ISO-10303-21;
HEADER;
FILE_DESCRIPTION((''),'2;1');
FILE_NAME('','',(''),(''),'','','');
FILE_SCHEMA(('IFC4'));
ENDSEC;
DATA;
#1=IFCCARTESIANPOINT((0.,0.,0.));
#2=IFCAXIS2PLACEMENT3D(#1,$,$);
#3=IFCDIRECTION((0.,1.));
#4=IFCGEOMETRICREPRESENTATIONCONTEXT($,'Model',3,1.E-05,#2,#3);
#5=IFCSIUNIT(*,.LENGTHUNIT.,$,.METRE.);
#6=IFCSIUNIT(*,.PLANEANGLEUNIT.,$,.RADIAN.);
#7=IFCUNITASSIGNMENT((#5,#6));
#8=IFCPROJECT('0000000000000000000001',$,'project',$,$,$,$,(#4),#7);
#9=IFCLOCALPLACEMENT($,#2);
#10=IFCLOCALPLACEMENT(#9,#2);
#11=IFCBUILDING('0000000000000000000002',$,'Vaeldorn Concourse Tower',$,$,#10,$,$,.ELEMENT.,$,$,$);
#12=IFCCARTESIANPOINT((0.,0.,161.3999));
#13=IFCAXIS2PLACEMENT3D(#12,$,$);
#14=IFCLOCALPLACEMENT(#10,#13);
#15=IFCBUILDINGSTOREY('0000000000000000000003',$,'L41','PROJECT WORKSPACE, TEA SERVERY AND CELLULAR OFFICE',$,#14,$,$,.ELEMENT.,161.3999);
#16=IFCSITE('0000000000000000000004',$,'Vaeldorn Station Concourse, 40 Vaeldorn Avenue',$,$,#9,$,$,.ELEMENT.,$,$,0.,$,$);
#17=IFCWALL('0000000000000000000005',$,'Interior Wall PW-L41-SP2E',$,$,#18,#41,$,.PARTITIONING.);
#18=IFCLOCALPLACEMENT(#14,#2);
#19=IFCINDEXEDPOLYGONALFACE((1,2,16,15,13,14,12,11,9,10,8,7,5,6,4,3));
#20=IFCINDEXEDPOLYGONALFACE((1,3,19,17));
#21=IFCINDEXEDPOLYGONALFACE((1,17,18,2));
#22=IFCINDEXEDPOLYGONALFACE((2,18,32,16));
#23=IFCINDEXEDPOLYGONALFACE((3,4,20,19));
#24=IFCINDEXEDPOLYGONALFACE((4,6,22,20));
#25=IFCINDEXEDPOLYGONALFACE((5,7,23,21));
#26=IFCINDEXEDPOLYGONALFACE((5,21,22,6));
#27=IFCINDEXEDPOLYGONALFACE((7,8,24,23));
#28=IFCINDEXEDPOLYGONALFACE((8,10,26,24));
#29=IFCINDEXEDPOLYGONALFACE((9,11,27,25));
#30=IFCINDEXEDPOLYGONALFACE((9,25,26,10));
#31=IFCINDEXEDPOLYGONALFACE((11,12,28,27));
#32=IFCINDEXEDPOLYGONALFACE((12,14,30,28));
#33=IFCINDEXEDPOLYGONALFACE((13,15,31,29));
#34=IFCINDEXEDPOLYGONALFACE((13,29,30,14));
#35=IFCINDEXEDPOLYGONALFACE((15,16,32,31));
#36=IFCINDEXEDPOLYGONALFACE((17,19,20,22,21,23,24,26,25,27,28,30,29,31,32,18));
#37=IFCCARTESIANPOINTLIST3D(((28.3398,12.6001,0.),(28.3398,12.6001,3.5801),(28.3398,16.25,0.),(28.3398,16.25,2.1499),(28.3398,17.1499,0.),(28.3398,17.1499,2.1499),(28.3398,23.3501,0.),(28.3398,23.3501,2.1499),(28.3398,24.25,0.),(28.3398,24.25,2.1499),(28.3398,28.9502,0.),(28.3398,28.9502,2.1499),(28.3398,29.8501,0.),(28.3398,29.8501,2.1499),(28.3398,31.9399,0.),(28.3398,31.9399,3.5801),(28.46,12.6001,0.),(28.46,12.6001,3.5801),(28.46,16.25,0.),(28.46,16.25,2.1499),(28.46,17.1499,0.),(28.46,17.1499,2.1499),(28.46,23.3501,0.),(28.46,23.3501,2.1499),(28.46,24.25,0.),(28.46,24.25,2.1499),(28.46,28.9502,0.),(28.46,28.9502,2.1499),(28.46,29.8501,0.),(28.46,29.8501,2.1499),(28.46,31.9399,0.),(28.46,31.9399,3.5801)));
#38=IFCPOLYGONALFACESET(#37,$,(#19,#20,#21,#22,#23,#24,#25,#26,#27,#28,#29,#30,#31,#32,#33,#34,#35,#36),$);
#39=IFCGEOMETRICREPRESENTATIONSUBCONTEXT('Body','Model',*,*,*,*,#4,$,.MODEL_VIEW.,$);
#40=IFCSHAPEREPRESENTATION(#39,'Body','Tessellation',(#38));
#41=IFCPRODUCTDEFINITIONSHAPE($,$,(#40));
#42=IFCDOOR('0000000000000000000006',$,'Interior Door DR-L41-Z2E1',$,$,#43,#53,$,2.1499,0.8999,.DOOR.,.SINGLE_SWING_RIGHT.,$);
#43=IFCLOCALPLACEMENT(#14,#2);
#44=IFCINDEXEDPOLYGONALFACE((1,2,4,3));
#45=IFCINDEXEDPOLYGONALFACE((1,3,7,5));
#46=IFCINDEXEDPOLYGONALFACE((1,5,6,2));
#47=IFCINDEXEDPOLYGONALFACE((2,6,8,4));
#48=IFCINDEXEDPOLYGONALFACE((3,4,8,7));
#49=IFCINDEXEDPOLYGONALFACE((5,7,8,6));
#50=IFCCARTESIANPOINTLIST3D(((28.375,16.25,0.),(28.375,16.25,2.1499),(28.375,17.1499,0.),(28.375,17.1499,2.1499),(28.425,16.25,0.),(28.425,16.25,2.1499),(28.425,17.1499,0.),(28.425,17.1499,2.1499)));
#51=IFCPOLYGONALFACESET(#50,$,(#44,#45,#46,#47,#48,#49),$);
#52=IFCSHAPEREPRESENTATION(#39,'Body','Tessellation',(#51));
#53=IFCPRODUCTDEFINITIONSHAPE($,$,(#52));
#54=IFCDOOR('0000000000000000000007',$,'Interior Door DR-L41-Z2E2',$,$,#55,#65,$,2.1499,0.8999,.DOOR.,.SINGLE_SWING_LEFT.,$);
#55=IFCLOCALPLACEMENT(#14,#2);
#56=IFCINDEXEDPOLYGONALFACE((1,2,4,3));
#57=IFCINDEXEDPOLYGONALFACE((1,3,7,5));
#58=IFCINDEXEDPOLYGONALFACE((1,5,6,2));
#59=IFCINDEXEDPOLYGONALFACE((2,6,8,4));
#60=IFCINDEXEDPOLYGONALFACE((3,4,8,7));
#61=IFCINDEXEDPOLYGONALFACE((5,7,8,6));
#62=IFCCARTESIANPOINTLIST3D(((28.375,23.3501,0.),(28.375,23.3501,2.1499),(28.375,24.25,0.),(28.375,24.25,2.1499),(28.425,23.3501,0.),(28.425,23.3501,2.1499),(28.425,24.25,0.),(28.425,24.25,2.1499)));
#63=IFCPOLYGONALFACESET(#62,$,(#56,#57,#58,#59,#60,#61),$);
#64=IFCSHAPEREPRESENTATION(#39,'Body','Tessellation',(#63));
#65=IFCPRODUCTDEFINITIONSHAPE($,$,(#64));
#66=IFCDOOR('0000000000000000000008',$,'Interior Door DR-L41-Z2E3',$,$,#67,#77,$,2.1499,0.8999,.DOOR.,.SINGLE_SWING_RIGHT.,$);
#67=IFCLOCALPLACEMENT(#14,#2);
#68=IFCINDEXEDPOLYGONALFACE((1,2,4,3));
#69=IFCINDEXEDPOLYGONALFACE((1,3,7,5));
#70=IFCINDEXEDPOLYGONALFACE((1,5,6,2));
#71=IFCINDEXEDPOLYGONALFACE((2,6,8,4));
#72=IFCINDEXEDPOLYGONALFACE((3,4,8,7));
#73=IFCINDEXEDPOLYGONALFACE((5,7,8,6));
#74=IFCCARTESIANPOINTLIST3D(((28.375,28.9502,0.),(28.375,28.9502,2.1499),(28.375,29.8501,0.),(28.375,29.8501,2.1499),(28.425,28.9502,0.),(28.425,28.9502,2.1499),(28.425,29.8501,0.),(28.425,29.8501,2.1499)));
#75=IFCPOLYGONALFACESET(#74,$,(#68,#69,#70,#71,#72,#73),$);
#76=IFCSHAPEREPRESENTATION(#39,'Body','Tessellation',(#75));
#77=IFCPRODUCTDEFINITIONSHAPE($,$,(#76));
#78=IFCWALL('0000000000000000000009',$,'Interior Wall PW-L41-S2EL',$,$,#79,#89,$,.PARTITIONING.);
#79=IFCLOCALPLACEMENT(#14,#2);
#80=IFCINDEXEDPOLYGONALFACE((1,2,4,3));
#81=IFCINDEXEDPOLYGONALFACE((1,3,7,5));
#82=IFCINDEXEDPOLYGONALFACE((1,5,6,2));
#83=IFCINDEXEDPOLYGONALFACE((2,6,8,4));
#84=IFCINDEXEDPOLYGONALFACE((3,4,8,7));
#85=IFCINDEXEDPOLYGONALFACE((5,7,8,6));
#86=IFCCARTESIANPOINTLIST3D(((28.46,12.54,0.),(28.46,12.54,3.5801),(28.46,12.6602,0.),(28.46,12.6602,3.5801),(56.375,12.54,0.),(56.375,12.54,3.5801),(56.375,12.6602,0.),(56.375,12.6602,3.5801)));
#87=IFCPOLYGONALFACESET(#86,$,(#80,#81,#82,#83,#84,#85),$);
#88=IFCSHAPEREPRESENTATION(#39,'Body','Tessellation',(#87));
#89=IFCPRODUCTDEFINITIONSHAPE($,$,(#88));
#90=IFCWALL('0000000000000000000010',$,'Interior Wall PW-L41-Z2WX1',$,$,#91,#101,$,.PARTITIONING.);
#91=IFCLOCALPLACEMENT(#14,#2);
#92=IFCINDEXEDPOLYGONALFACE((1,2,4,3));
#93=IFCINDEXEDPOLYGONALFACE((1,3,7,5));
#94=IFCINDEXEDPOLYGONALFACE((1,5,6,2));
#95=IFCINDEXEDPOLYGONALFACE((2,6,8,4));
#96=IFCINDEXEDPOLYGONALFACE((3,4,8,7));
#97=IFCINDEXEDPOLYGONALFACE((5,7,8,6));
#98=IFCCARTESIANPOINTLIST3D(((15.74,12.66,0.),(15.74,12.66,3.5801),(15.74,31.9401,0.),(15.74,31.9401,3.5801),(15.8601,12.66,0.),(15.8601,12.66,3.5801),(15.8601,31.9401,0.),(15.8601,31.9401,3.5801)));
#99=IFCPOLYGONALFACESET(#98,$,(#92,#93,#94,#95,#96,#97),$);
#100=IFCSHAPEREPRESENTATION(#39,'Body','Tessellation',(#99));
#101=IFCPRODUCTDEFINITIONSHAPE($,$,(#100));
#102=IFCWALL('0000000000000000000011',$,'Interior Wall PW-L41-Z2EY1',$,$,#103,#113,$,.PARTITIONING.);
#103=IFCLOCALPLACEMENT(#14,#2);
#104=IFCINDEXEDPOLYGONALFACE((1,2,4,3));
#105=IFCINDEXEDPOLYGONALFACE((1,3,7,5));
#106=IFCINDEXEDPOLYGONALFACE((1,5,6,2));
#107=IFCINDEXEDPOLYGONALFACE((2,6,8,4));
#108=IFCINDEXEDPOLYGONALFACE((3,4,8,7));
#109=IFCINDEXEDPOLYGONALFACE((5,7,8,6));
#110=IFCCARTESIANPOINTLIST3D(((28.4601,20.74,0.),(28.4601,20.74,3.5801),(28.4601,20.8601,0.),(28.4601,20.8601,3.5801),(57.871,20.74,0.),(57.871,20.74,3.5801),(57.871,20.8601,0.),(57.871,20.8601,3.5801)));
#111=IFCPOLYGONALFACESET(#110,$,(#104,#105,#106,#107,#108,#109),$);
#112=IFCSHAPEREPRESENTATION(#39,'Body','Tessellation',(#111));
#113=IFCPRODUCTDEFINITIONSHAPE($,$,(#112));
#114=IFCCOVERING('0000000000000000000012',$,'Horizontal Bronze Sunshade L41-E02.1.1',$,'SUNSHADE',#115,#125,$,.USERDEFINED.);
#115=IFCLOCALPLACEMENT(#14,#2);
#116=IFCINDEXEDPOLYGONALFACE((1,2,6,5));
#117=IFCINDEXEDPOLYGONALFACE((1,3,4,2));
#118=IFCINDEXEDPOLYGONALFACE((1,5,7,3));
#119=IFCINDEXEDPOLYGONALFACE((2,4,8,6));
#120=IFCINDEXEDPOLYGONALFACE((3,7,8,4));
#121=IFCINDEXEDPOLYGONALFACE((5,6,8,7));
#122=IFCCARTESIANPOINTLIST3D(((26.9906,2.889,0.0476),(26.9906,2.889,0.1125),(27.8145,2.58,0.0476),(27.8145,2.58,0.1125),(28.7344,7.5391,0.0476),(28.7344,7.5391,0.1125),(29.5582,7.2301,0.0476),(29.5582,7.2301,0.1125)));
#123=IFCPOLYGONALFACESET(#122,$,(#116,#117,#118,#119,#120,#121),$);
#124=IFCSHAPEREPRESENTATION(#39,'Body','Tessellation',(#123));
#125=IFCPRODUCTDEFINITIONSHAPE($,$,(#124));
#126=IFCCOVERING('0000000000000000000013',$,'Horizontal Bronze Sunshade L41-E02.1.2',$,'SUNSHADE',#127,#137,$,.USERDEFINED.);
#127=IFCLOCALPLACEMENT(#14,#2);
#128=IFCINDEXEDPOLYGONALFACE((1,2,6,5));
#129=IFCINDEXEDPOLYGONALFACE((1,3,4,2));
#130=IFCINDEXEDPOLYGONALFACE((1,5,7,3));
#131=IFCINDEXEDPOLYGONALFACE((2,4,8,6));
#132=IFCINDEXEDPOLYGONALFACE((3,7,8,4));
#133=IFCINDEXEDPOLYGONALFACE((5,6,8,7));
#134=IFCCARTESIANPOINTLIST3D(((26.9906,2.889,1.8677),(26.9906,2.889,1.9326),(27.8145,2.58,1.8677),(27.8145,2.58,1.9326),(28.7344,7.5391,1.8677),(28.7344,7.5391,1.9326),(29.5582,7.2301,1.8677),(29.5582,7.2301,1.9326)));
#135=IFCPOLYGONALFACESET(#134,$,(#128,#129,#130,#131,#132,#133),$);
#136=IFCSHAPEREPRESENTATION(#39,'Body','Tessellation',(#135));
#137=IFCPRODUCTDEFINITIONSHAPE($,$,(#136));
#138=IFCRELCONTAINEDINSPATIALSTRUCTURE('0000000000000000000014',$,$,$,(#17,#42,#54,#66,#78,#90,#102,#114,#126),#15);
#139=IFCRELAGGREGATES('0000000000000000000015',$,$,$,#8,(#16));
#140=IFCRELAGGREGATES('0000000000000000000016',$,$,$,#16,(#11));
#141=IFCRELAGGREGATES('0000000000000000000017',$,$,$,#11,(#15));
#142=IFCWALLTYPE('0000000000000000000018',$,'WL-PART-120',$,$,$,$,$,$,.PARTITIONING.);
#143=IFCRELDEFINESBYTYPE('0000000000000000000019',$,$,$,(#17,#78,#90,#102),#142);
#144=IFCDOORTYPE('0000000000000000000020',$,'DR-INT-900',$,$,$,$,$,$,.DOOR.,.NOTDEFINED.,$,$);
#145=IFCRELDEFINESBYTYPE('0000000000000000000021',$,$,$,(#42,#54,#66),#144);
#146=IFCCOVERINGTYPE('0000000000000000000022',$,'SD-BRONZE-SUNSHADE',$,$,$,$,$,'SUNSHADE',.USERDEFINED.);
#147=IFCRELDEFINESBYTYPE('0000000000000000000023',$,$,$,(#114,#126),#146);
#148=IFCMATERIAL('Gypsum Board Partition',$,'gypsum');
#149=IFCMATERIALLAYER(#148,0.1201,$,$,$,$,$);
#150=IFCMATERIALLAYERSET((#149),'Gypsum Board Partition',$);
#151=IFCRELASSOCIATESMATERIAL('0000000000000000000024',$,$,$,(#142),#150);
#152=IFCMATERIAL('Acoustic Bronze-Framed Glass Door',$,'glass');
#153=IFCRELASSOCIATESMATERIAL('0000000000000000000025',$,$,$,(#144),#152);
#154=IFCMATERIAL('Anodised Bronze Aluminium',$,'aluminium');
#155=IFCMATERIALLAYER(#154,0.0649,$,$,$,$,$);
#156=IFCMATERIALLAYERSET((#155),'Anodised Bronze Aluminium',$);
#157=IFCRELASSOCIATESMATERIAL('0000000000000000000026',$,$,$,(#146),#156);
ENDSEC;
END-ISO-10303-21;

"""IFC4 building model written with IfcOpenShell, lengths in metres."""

from ifc_helpers import new_model, si_unit, direction, frame, frame_2d, origin, origin_2d, place, context, subcontext, project, spatial, rectangle, extrude, source, transform, mapped, material, layer, layer_set, type_object, element, fill, save


model = new_model("IFC4")

# Units and contexts
model_context = context("Model", 3, precision=1e-05, world=origin(), true_north=direction((0.0, 1.0)))
body_context = subcontext(model_context, "Body", "Model", "MODEL_VIEW")
ifc_project = project(units=[si_unit("LENGTHUNIT", "METRE"), si_unit("PLANEANGLEUNIT", "RADIAN")], contexts=[model_context])

# Site, building, storey
site_placement = place(None, origin())
site = spatial("IfcSite", under=ifc_project, at=site_placement, Name="Vaeldorn Station Concourse, 40 Vaeldorn Avenue", CompositionType="ELEMENT", RefElevation=0.0)
building_placement = place(site_placement, origin())
building = spatial("IfcBuilding", under=site, at=building_placement, Name="Vaeldorn Concourse Tower", CompositionType="ELEMENT")
storey_placement = place(building_placement, frame((0.0, 0.0, 161.3999)))
storey = spatial("IfcBuildingStorey", under=building, at=storey_placement, Name="L41", Description="PROJECT WORKSPACE, TEA SERVERY AND CELLULAR OFFICE", CompositionType="ELEMENT", Elevation=161.3999)

# Shared definitions
ifc_material_1 = material(Name="Anodised Bronze Aluminium", Category="aluminium")

# Shared definitions
ifc_material_2 = material(Name="Gypsum Board Partition", Category="gypsum")
ifc_layer_1 = layer(ifc_material_2, 0.1201)
ifc_layer_set_1 = layer_set([ifc_layer_1], Name="Gypsum Board Partition")
wall_type = type_object("IfcWallType", Name="WL-PART-120", PredefinedType="PARTITIONING", material=ifc_layer_set_1)

# Wall, openings, doors
wall_1_placement = place(storey_placement, frame((28.3999, 12.6001, 0.0), z_axis=(0.0, 0.0, 1.0), x_axis=(0.0, 1.0, 0.0)))
wall_1 = element("IfcWall", 1, at=wall_1_placement, inside=storey, type_object=wall_type, Name="Interior Wall PW-L41-SP2E", PredefinedType="PARTITIONING", context=body_context, shape_type="SweptSolid", body=[
    extrude(rectangle(XDim=19.3398, YDim=0.1201, at=frame_2d((9.6699, 0.0))), origin(), (0.0, 0.0, 1.0), 3.5801),
])
opening_1_placement = place(wall_1_placement, frame((3.6499, 0.0, 0.0)))
opening_1 = element("IfcOpeningElement", 2, at=opening_1_placement, cuts=wall_1, PredefinedType="OPENING", context=body_context, shape_type="SweptSolid", body=[
    extrude(rectangle(XDim=0.8999, YDim=2.1499, at=frame_2d((0.45, 1.075))), frame((0.0, 0.0701, 0.0), z_axis=(0.0, -1.0, 0.0), x_axis=(1.0, 0.0, 0.0)), (0.0, 0.0, 1.0), 0.1401),
])
opening_2_placement = place(wall_1_placement, frame((10.75, 0.0, 0.0)))
opening_2 = element("IfcOpeningElement", 3, at=opening_2_placement, cuts=wall_1, PredefinedType="OPENING", context=body_context, shape_type="SweptSolid", body=[
    extrude(rectangle(XDim=0.8999, YDim=2.1499, at=frame_2d((0.45, 1.075))), frame((0.0, 0.0701, 0.0), z_axis=(0.0, -1.0, 0.0), x_axis=(1.0, 0.0, 0.0)), (0.0, 0.0, 1.0), 0.1401),
])
opening_3_placement = place(wall_1_placement, frame((16.3501, 0.0, 0.0)))
opening_3 = element("IfcOpeningElement", 4, at=opening_3_placement, cuts=wall_1, PredefinedType="OPENING", context=body_context, shape_type="SweptSolid", body=[
    extrude(rectangle(XDim=0.8999, YDim=2.1499, at=frame_2d((0.45, 1.075))), frame((0.0, 0.0701, 0.0), z_axis=(0.0, -1.0, 0.0), x_axis=(1.0, 0.0, 0.0)), (0.0, 0.0, 1.0), 0.1401),
])
ifc_material_3 = material(Name="Acoustic Bronze-Framed Glass Door", Category="glass")
door_type = type_object("IfcDoorType", Name="DR-INT-900", OperationType="NOTDEFINED", PredefinedType="DOOR", material=ifc_material_3)
shared_shape_1 = source(origin(), body_context, "Body", "SweptSolid", [
    extrude(rectangle(XDim=0.8999, YDim=2.1499, at=frame_2d((0.45, 1.075))), frame((0.0, 0.0249, 0.0), z_axis=(0.0, -1.0, 0.0), x_axis=(1.0, 0.0, 0.0)), (0.0, 0.0, 1.0), 0.05),
])
door_1_placement = place(opening_1_placement, origin())
door_1 = element("IfcDoor", 5, at=door_1_placement, inside=storey, type_object=door_type, Name="Interior Door DR-L41-Z2E1", OperationType="SINGLE_SWING_RIGHT", OverallHeight=2.1499, OverallWidth=0.8999, PredefinedType="DOOR", context=body_context, shape_type="MappedRepresentation", body=[
    mapped(shared_shape_1, transform((0.0, 0.0, 0.0), scale=1.0)),
])
fill(opening_1, door_1)
door_2_placement = place(opening_2_placement, origin())
door_2 = element("IfcDoor", 6, at=door_2_placement, inside=storey, type_object=door_type, Name="Interior Door DR-L41-Z2E2", OperationType="SINGLE_SWING_LEFT", OverallHeight=2.1499, OverallWidth=0.8999, PredefinedType="DOOR", context=body_context, shape_type="MappedRepresentation", body=[
    mapped(shared_shape_1, transform((0.0, 0.0, 0.0), scale=1.0)),
])
fill(opening_2, door_2)
door_3_placement = place(opening_3_placement, origin())
door_3 = element("IfcDoor", 7, at=door_3_placement, inside=storey, type_object=door_type, Name="Interior Door DR-L41-Z2E3", OperationType="SINGLE_SWING_RIGHT", OverallHeight=2.1499, OverallWidth=0.8999, PredefinedType="DOOR", context=body_context, shape_type="MappedRepresentation", body=[
    mapped(shared_shape_1, transform((0.0, 0.0, 0.0), scale=1.0)),
])
fill(opening_3, door_3)

# Walls
wall_2_placement = place(storey_placement, frame((28.46, 12.6001, 0.0), z_axis=(0.0, 0.0, 1.0), x_axis=(1.0, 0.0, 0.0)))
element("IfcWall", 8, at=wall_2_placement, inside=storey, type_object=wall_type, Name="Interior Wall PW-L41-S2EL", PredefinedType="PARTITIONING", context=body_context, shape_type="SweptSolid", body=[
    extrude(rectangle(XDim=27.915, YDim=0.1201, at=frame_2d((13.9575, 0.0))), origin(), (0.0, 0.0, 1.0), 3.5801),
])
wall_3_placement = place(storey_placement, frame((15.8, 12.6599, 0.0), z_axis=(0.0, 0.0, 1.0), x_axis=(0.0, 1.0, 0.0)))
element("IfcWall", 9, at=wall_3_placement, inside=storey, type_object=wall_type, Name="Interior Wall PW-L41-Z2WX1", PredefinedType="PARTITIONING", context=body_context, shape_type="SweptSolid", body=[
    extrude(rectangle(XDim=19.28, YDim=0.1201, at=frame_2d((9.6401, 0.0))), origin(), (0.0, 0.0, 1.0), 3.5801),
])
wall_4_placement = place(storey_placement, frame((28.46, 20.8, 0.0), z_axis=(0.0, 0.0, 1.0), x_axis=(1.0, 0.0, 0.0)))
element("IfcWall", 10, at=wall_4_placement, inside=storey, type_object=wall_type, Name="Interior Wall PW-L41-Z2EY1", PredefinedType="PARTITIONING", context=body_context, shape_type="SweptSolid", body=[
    extrude(rectangle(XDim=29.4109, YDim=0.1201, at=frame_2d((14.7056, 0.0))), origin(), (0.0, 0.0, 1.0), 3.5801),
])

# Coverings
ifc_layer_2 = layer(ifc_material_1, 0.0649)
ifc_layer_set_2 = layer_set([ifc_layer_2], Name="Anodised Bronze Aluminium")
covering_type = type_object("IfcCoveringType", Name="SD-BRONZE-SUNSHADE", ElementType="SUNSHADE", PredefinedType="USERDEFINED", material=ifc_layer_set_2)
shared_shape_2 = source(origin(), body_context, "Body", "SweptSolid", [
    extrude(rectangle(XDim=4.9663, YDim=0.8799, at=origin_2d()), origin(), (0.0, 0.0, 1.0), 0.0649),
])
for number, where, z_axis, x_axis, name in (
    (11, (28.2744, 5.0596, 0.0476), (0.0, 0.0, 1.0), (0.351123, 0.936329, 0.0), "Horizontal Bronze Sunshade L41-E02.1.1"),
    (12, (28.2744, 5.0596, 1.8677), (0.0, 0.0, 1.0), (0.351123, 0.936329, 0.0), "Horizontal Bronze Sunshade L41-E02.1.2"),
):
    element("IfcCovering", number, at=place(storey_placement, frame(where, z_axis=z_axis, x_axis=x_axis)), inside=storey, type_object=covering_type, Name=name, ObjectType="SUNSHADE", PredefinedType="USERDEFINED", context=body_context, shape_type="MappedRepresentation", body=[
        mapped(shared_shape_2, transform((0.0, 0.0, 0.0), scale=1.0)),
    ])

save(model, "model.ifc")
